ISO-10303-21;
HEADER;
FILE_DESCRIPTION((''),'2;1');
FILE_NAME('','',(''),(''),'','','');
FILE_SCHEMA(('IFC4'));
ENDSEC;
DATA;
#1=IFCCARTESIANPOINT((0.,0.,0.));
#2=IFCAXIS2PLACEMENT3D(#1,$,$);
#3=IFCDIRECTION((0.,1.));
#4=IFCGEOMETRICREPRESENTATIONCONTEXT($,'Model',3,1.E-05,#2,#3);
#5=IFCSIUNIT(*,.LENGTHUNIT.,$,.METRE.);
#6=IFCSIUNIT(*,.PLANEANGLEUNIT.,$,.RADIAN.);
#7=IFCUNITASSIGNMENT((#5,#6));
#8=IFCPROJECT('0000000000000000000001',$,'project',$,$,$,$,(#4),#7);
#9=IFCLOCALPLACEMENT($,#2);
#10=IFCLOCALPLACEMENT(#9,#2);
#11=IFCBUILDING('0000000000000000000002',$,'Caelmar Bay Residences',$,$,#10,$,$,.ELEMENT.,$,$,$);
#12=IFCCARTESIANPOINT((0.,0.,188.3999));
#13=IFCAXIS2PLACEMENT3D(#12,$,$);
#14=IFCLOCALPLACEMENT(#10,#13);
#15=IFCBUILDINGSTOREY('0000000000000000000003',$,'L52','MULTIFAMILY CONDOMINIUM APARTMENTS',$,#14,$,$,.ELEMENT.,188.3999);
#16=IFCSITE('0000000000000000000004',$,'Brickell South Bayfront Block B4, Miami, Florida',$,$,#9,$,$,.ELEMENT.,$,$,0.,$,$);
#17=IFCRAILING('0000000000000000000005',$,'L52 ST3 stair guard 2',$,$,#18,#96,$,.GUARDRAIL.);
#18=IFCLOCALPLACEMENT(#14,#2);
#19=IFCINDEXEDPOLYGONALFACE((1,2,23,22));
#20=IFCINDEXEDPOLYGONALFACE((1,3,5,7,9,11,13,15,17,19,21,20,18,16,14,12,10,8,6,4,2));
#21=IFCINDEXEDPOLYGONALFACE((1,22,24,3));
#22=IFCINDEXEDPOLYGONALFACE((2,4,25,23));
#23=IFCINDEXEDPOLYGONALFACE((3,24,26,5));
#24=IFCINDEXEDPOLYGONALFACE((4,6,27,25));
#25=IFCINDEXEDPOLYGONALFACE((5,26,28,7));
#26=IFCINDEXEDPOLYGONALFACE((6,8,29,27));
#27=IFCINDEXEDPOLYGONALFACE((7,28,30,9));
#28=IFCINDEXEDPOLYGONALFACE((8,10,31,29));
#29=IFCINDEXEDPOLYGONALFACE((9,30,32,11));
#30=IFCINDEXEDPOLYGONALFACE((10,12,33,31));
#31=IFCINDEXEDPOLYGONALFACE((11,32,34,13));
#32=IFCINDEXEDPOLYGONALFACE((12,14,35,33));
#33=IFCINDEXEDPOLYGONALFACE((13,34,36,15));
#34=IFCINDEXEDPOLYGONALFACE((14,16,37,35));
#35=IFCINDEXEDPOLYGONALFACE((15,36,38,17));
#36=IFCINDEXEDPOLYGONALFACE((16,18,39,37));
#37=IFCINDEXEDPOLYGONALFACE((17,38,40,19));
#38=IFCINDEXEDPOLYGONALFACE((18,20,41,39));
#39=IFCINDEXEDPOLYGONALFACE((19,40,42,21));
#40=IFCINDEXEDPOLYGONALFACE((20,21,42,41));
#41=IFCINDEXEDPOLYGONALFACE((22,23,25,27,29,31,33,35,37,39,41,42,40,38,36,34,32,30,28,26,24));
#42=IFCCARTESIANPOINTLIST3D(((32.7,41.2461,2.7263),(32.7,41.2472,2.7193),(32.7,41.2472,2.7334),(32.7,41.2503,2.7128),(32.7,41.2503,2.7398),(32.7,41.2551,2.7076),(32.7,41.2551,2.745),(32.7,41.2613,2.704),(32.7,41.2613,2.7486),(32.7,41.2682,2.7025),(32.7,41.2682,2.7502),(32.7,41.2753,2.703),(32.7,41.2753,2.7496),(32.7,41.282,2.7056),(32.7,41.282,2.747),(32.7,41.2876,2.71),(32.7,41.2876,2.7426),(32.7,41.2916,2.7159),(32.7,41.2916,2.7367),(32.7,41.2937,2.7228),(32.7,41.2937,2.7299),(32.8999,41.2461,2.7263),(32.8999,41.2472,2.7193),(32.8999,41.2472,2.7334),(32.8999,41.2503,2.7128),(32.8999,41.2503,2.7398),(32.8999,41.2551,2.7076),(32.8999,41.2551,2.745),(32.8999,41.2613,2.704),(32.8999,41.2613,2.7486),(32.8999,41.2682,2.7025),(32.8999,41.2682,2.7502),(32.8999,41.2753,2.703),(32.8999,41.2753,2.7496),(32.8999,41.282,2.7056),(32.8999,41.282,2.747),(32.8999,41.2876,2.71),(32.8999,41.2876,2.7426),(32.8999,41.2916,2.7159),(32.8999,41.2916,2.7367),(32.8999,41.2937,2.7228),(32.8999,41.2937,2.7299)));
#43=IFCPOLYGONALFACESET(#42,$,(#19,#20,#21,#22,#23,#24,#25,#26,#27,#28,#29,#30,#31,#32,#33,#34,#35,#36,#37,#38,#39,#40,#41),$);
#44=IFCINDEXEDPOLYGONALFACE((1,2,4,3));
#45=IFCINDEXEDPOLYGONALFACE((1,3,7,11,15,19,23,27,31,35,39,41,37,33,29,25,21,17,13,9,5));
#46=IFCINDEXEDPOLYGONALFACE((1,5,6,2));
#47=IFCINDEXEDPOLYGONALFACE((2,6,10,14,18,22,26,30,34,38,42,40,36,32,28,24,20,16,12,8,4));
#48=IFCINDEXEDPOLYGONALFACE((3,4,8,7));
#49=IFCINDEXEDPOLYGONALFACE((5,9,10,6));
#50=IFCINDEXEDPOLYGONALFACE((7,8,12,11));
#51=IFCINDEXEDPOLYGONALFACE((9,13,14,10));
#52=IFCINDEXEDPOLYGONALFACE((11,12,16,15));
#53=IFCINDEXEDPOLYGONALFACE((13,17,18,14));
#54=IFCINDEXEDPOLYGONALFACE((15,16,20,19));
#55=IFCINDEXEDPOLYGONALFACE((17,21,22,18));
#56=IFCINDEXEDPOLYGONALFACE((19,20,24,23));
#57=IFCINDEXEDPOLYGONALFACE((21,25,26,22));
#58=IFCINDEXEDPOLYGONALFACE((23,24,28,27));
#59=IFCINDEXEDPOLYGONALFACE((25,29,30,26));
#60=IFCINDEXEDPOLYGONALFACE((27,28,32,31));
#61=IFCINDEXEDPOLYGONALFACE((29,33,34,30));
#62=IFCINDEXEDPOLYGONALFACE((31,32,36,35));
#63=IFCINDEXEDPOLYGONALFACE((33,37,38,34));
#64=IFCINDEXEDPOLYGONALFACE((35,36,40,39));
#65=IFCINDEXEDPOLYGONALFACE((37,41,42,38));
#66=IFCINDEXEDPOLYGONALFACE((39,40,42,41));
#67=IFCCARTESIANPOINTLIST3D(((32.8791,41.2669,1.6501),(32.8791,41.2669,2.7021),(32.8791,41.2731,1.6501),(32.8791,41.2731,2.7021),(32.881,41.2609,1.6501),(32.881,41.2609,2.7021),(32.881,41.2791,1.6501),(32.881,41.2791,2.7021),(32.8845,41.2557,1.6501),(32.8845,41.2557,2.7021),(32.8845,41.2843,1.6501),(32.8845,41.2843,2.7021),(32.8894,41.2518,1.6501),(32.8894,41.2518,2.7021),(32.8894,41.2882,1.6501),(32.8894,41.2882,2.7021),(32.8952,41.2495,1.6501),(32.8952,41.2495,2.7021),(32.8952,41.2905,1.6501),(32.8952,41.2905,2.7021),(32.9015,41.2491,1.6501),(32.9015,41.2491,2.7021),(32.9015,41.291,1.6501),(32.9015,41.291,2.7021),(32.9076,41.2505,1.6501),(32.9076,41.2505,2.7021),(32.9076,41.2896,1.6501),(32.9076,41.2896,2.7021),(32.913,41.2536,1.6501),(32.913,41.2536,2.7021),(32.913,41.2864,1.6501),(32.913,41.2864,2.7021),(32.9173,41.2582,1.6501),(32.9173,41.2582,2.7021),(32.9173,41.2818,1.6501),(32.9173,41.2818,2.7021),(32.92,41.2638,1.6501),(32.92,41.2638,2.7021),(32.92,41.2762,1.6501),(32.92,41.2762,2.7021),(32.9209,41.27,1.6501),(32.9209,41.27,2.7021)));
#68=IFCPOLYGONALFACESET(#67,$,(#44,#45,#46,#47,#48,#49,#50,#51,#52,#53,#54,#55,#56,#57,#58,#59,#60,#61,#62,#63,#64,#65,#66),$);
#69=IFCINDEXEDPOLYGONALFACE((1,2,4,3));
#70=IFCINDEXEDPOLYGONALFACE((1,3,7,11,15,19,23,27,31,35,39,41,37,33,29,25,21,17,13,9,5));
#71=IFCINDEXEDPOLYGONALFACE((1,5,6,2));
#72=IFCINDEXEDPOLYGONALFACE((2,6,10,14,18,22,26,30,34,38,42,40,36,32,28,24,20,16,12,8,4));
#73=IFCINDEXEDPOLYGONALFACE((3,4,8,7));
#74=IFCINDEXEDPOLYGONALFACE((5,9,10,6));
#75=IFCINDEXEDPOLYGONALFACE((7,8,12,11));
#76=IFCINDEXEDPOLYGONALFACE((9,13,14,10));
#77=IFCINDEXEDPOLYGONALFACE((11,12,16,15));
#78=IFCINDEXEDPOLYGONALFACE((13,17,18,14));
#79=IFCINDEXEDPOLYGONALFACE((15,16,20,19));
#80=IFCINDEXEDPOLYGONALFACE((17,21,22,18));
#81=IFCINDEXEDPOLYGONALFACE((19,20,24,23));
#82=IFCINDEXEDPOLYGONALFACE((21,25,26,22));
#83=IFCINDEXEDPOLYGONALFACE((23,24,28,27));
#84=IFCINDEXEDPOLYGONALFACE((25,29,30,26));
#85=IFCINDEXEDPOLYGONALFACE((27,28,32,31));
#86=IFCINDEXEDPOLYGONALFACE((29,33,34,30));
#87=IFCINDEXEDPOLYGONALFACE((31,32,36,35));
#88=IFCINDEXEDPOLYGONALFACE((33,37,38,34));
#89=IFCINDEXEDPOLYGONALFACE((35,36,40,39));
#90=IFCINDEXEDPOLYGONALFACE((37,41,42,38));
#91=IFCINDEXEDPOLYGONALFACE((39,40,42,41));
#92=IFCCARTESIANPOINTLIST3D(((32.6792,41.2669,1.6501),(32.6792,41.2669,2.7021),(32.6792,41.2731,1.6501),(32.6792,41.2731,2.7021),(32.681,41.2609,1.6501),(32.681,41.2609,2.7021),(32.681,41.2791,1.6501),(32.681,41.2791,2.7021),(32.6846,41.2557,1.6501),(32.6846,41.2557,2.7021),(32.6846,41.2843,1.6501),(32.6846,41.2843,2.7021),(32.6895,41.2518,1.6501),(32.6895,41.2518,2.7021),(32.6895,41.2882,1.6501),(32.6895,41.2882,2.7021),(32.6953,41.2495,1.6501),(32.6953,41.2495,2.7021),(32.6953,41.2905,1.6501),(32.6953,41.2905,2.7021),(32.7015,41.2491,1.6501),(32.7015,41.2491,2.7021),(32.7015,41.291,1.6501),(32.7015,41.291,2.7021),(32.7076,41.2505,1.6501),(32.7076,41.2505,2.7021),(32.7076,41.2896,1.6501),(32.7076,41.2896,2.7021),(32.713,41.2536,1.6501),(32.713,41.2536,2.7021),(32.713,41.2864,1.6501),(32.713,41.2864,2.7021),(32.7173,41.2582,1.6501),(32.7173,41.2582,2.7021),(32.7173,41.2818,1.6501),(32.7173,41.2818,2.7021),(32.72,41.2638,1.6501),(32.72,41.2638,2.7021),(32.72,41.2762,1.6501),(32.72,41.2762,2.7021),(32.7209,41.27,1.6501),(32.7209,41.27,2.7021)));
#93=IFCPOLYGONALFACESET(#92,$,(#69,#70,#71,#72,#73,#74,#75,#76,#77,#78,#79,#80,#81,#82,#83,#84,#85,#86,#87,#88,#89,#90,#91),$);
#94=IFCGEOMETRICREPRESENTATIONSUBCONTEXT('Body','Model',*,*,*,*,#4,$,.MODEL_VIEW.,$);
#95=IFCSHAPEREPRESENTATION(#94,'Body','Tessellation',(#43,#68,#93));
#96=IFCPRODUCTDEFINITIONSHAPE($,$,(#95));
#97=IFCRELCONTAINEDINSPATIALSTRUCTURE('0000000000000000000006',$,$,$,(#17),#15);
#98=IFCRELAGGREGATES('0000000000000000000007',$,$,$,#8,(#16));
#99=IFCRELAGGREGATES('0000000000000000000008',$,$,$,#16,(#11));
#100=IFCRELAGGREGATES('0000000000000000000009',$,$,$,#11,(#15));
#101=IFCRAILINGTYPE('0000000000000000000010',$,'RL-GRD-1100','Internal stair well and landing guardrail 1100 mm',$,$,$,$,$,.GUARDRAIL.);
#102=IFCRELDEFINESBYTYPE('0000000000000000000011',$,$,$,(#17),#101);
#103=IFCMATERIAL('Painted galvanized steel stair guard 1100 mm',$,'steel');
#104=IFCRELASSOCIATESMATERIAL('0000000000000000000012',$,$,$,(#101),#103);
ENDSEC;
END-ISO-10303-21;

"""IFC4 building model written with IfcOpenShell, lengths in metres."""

from ifc_helpers import new_model, si_unit, direction, frame, origin, origin_2d, place, context, subcontext, project, spatial, circle, extrude, material, type_object, element, save


model = new_model("IFC4")

# Units and contexts
model_context = context("Model", 3, precision=1e-05, world=origin(), true_north=direction((0.0, 1.0)))
body_context = subcontext(model_context, "Body", "Model", "MODEL_VIEW")
ifc_project = project(units=[si_unit("LENGTHUNIT", "METRE"), si_unit("PLANEANGLEUNIT", "RADIAN")], contexts=[model_context])

# Site, building, storey
site_placement = place(None, origin())
site = spatial("IfcSite", under=ifc_project, at=site_placement, Name="Brickell South Bayfront Block B4, Miami, Florida", CompositionType="ELEMENT", RefElevation=0.0)
building_placement = place(site_placement, origin())
building = spatial("IfcBuilding", under=site, at=building_placement, Name="Caelmar Bay Residences", CompositionType="ELEMENT")
storey_placement = place(building_placement, frame((0.0, 0.0, 188.3999)))
storey = spatial("IfcBuildingStorey", under=building, at=storey_placement, Name="L52", Description="MULTIFAMILY CONDOMINIUM APARTMENTS", CompositionType="ELEMENT", Elevation=188.3999)

# Railing
ifc_material_1 = material(Name="Painted galvanized steel stair guard 1100 mm", Category="steel")
railing_type_1 = type_object("IfcRailingType", Name="RL-GRD-1100", Description="Internal stair well and landing guardrail 1100 mm", PredefinedType="GUARDRAIL", material=ifc_material_1)
railing_1_placement = place(storey_placement, frame((32.8999, 41.27, 1.6501)))
element("IfcRailing", 1, at=railing_1_placement, inside=storey, type_object=railing_type_1, Name="L52 ST3 stair guard 2", PredefinedType="GUARDRAIL", context=body_context, shape_type="SweptSolid", body=[
    extrude(circle(Radius=0.0239, at=origin_2d()), frame((0.0, 0.0, 1.0762), z_axis=(-1.0, 0.0, 0.0), x_axis=(0.0, -1.0, 0.0)), (0.0, 0.0, 1.0), 0.2),
    extrude(circle(Radius=0.021, at=origin_2d()), origin(), (0.0, 0.0, 1.0), 1.052),
    extrude(circle(Radius=0.021, at=origin_2d()), frame((-0.2, 0.0, 0.0)), (0.0, 0.0, 1.0), 1.052),
])

save(model, "model.ifc")
